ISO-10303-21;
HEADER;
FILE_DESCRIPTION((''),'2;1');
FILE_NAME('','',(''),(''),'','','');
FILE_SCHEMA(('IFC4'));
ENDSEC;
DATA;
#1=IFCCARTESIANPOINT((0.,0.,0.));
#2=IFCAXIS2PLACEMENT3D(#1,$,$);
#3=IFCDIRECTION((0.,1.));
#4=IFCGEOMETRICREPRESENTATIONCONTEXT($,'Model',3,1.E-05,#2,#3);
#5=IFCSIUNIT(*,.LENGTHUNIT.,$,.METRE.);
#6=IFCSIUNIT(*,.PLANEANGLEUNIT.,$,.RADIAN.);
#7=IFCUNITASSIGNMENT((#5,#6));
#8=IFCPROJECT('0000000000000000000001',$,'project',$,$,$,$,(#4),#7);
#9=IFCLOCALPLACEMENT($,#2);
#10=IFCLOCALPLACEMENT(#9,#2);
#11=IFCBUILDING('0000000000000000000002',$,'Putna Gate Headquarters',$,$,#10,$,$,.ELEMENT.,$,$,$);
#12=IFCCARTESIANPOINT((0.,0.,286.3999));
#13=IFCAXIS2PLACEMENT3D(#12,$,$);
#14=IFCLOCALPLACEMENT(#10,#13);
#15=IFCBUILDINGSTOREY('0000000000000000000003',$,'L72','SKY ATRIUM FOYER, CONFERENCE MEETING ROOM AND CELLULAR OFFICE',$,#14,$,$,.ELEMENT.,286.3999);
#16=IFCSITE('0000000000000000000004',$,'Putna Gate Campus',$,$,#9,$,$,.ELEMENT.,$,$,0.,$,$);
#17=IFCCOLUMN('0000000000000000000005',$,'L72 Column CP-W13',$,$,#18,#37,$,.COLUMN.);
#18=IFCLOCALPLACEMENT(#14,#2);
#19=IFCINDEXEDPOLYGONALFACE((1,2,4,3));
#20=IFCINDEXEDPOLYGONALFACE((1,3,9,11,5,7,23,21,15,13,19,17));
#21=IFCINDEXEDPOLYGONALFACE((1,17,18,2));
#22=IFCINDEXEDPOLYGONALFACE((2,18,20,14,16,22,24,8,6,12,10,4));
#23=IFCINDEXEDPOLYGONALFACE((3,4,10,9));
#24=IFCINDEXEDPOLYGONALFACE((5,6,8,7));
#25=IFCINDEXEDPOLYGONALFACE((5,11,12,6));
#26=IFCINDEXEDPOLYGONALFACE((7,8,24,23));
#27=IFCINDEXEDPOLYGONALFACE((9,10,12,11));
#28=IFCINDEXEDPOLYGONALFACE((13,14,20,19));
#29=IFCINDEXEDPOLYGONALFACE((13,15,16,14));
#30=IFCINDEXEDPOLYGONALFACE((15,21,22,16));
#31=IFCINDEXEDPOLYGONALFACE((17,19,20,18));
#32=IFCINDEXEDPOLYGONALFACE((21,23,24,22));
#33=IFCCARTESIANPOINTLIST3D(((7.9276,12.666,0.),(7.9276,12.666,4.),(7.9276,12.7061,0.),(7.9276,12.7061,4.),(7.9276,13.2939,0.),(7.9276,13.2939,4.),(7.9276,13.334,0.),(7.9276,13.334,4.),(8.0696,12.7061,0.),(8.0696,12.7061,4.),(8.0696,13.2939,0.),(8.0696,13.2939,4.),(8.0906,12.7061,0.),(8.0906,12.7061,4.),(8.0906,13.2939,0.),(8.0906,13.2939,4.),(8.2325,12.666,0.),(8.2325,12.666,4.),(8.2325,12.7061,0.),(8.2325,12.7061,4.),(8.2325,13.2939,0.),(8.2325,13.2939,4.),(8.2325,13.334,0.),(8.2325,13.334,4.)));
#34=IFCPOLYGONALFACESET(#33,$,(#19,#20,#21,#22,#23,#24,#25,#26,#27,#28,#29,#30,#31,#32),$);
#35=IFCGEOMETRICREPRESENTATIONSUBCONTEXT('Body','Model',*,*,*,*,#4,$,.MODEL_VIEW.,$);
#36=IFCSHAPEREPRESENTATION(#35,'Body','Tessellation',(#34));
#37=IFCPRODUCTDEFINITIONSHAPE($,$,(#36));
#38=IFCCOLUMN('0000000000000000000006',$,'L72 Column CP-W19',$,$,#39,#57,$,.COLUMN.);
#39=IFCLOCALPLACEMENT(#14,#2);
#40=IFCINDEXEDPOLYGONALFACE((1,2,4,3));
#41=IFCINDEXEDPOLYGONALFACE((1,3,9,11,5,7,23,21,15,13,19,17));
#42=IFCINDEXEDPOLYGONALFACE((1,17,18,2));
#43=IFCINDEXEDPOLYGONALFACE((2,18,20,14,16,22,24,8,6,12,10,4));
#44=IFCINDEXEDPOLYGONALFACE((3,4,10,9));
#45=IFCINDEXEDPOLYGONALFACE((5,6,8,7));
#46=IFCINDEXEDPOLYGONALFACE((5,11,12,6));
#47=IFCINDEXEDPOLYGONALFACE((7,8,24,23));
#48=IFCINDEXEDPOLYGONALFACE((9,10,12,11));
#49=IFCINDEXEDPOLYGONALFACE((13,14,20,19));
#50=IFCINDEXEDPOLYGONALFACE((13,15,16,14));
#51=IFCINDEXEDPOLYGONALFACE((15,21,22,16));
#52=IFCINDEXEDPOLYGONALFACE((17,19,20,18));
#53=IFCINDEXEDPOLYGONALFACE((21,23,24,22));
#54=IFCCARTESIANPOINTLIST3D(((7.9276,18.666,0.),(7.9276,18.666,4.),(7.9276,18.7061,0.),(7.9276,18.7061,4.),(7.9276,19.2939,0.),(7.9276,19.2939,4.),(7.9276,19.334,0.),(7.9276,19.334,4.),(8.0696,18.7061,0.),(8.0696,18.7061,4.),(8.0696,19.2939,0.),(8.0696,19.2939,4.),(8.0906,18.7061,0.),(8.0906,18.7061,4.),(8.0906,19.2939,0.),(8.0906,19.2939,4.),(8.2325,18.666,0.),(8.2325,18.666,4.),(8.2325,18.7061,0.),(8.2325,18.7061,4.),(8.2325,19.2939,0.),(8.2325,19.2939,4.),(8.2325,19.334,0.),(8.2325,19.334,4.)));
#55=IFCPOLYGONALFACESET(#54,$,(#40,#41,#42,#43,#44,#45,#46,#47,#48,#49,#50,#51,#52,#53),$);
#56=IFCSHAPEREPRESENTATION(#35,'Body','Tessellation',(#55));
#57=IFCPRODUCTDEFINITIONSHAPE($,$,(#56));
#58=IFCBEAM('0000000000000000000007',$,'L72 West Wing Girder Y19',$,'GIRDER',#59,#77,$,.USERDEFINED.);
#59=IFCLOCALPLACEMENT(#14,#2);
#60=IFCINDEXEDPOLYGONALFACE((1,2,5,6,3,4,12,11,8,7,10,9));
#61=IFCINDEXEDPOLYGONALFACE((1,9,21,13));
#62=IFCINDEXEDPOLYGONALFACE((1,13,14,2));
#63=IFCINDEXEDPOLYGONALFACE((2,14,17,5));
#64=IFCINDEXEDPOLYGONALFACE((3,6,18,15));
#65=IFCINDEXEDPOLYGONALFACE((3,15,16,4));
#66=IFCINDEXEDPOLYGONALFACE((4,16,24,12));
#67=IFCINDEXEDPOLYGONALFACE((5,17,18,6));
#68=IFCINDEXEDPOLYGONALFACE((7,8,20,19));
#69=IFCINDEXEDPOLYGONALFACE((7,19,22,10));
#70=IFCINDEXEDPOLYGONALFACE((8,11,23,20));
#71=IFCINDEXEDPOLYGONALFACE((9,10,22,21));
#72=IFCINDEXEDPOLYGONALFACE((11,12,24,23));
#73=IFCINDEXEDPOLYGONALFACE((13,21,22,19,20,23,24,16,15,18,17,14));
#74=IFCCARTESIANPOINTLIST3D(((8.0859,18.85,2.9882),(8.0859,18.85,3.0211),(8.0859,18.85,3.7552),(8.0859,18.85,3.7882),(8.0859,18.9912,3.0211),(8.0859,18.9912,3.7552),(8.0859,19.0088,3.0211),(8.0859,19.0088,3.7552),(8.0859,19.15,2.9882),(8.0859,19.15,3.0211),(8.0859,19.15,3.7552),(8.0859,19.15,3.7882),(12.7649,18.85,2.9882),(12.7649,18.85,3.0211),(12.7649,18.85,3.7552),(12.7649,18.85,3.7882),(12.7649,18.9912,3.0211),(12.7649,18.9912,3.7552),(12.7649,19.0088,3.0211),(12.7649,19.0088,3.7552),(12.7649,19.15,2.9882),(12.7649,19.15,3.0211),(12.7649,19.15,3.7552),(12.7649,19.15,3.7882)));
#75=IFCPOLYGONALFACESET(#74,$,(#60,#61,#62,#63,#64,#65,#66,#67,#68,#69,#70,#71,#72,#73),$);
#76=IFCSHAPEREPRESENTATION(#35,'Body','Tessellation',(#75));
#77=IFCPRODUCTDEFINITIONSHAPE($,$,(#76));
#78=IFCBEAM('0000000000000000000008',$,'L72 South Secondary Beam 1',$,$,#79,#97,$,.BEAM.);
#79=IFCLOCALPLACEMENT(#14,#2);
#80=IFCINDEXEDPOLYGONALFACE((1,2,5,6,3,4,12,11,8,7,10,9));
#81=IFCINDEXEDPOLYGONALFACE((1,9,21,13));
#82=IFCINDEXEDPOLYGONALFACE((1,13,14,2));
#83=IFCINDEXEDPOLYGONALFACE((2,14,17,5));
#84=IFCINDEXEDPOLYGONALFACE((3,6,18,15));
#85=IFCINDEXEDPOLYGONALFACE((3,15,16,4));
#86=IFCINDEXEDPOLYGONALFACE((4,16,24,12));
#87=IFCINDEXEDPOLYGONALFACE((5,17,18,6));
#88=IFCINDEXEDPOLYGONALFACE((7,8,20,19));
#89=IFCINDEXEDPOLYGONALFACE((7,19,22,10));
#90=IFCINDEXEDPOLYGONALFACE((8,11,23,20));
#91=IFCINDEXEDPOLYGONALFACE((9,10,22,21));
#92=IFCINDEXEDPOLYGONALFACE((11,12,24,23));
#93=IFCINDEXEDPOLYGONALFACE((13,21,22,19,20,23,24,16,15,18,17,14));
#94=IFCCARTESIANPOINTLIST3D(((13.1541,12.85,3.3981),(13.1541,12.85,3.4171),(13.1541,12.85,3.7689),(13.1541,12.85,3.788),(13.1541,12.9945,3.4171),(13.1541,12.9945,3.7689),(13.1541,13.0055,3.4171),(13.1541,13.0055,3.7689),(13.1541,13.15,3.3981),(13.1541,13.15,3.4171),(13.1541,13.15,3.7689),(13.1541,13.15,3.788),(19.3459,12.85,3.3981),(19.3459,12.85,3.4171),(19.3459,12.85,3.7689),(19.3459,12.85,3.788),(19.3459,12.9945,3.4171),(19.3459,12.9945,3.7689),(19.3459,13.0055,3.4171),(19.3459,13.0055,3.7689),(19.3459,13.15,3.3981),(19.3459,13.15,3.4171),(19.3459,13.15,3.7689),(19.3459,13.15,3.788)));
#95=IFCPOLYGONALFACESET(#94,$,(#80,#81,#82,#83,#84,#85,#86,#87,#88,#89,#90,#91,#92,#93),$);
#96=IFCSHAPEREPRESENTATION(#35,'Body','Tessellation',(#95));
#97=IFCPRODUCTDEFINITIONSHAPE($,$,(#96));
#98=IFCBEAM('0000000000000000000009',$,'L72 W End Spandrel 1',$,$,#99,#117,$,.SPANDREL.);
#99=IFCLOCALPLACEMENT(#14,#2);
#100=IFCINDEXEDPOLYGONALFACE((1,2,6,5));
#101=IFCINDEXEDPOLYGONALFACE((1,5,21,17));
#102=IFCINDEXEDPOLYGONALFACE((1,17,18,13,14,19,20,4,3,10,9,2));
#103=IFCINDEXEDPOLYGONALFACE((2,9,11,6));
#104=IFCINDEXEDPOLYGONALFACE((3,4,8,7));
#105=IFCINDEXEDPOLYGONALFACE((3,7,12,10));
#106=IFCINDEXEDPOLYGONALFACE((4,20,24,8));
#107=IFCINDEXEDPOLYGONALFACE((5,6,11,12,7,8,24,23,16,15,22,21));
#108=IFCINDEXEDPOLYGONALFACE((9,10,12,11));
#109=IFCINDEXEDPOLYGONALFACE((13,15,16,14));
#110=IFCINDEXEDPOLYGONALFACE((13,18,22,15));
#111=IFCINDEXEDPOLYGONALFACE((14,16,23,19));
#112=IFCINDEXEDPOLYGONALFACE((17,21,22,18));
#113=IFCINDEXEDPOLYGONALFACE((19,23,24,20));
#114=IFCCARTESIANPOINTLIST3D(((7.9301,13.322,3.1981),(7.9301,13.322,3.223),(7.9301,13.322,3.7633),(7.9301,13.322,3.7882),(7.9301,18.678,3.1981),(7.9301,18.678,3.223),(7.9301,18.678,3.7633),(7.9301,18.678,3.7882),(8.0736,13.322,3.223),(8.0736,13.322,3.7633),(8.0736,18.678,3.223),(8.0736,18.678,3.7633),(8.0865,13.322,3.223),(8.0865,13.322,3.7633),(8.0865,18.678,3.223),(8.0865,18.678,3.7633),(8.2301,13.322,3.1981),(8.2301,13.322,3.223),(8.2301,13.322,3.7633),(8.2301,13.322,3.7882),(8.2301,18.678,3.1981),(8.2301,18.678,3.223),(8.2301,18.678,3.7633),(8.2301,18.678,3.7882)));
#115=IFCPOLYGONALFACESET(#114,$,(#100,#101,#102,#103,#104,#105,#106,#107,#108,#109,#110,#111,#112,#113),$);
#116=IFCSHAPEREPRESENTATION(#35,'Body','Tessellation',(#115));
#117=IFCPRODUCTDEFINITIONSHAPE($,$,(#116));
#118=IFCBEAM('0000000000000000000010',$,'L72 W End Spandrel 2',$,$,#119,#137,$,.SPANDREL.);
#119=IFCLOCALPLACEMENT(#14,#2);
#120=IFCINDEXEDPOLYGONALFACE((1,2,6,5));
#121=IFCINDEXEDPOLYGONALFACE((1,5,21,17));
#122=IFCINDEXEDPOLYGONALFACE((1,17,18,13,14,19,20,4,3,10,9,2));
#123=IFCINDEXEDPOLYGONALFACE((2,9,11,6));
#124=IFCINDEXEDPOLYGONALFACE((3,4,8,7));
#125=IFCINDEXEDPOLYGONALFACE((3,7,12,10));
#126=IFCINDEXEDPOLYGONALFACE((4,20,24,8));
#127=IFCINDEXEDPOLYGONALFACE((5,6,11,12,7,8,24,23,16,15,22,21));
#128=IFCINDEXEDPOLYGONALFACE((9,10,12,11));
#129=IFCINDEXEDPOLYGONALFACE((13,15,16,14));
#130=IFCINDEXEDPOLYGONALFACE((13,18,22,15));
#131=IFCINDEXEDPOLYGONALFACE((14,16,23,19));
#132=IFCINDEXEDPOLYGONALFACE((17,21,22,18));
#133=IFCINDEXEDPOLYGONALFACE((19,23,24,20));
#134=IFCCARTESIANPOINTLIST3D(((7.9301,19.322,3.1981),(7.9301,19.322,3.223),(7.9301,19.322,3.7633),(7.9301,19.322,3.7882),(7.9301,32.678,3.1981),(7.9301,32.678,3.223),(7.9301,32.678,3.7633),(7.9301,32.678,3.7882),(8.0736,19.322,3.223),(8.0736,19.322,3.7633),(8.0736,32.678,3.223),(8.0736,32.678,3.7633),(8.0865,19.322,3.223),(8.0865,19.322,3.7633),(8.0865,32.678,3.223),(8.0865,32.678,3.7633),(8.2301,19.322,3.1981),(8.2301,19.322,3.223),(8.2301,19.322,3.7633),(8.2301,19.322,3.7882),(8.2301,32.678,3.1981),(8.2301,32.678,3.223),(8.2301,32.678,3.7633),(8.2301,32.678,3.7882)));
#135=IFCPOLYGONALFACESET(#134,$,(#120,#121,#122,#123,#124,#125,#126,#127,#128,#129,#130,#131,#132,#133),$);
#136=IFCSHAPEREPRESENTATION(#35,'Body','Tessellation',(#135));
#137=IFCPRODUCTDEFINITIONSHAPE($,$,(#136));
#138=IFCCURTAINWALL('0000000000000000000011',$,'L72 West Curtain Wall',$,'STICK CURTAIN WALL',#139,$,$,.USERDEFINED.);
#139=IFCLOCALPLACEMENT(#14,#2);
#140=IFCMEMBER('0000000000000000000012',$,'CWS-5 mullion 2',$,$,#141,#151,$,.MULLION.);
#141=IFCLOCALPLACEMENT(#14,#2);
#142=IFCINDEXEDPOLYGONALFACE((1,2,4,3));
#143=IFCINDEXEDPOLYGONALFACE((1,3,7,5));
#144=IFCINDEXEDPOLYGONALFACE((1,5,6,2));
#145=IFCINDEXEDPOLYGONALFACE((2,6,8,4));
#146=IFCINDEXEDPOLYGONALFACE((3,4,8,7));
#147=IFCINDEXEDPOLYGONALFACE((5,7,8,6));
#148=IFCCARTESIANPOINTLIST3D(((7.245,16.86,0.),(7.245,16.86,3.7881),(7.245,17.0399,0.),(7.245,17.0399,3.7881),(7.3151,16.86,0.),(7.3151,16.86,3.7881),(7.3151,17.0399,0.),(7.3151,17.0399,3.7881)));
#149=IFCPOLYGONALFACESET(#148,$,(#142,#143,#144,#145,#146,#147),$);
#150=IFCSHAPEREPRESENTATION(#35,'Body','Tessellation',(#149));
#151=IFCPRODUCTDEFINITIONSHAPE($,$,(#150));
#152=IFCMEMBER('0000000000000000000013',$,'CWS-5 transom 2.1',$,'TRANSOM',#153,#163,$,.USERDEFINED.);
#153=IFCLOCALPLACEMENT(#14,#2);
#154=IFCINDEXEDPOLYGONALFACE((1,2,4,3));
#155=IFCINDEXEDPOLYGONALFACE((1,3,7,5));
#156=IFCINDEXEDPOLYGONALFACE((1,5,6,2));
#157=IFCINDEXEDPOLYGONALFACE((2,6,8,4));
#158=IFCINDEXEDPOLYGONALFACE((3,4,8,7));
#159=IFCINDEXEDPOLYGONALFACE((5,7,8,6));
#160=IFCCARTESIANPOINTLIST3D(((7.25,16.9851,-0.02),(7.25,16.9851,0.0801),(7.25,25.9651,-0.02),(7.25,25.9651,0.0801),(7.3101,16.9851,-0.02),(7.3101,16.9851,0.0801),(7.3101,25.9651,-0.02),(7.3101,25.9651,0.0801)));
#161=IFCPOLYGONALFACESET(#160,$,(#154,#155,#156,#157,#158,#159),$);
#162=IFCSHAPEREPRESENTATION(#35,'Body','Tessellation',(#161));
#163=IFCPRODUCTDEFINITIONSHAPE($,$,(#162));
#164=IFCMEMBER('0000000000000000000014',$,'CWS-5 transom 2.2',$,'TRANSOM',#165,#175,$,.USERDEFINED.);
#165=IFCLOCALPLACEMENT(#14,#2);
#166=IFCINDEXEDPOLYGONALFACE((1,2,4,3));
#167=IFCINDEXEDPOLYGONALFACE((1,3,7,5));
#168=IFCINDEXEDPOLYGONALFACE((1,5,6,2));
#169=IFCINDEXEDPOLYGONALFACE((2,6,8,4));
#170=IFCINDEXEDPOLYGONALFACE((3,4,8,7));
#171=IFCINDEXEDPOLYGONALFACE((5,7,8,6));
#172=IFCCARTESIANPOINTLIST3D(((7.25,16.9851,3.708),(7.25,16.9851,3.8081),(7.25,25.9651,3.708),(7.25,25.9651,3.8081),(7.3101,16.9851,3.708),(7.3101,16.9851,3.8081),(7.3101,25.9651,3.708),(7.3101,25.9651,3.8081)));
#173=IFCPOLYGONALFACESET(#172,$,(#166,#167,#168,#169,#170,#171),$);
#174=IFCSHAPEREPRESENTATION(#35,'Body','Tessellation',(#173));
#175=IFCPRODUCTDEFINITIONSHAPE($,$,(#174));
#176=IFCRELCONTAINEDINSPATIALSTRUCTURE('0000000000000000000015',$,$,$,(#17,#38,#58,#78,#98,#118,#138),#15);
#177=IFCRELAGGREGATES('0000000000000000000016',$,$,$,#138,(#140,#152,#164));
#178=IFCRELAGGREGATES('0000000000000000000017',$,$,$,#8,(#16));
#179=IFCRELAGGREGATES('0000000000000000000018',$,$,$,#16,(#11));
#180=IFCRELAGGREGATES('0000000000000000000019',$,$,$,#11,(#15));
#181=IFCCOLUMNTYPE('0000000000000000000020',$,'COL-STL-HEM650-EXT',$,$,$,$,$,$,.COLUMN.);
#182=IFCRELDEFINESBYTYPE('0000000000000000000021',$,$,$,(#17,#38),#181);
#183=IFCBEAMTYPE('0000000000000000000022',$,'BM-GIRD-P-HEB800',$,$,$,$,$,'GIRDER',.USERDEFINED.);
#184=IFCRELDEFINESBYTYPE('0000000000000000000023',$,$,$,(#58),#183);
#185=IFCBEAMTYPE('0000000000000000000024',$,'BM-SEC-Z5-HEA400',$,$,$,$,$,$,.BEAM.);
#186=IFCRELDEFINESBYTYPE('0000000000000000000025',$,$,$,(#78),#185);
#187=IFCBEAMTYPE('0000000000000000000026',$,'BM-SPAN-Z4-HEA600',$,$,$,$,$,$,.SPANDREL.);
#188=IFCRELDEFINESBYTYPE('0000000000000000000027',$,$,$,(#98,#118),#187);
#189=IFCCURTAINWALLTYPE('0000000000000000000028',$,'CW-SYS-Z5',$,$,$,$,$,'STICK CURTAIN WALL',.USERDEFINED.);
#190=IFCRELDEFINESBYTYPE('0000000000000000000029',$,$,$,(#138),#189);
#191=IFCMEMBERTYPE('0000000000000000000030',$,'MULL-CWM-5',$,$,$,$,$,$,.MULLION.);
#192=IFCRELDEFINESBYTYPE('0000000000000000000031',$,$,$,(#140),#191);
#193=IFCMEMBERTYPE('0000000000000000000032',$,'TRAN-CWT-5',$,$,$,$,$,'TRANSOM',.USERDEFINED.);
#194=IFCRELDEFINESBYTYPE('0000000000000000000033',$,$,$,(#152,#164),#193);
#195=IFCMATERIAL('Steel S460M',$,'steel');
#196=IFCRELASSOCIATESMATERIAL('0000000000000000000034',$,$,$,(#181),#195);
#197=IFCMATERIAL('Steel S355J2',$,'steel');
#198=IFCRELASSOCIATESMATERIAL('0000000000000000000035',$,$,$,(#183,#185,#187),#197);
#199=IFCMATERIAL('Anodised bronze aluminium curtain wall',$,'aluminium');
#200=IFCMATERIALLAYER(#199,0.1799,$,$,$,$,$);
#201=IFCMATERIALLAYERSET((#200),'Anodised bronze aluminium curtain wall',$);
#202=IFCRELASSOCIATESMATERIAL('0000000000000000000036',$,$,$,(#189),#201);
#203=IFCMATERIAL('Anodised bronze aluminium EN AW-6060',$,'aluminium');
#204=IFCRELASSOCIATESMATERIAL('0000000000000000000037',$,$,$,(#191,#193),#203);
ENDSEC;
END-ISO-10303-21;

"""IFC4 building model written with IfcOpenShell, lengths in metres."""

from ifc_helpers import new_model, si_unit, direction, frame, origin, origin_2d, place, context, subcontext, project, spatial, rectangle, i_section, extrude, material, layer, layer_set, material_profile, profile_set, type_object, element, aggregate, save


model = new_model("IFC4")

# Units and contexts
model_context = context("Model", 3, precision=1e-05, world=origin(), true_north=direction((0.0, 1.0)))
body_context = subcontext(model_context, "Body", "Model", "MODEL_VIEW")
ifc_project = project(units=[si_unit("LENGTHUNIT", "METRE"), si_unit("PLANEANGLEUNIT", "RADIAN")], contexts=[model_context])

# Site, building, storey
site_placement = place(None, origin())
site = spatial("IfcSite", under=ifc_project, at=site_placement, Name="Putna Gate Campus", CompositionType="ELEMENT", RefElevation=0.0)
building_placement = place(site_placement, origin())
building = spatial("IfcBuilding", under=site, at=building_placement, Name="Putna Gate Headquarters", CompositionType="ELEMENT")
storey_placement = place(building_placement, frame((0.0, 0.0, 286.3999)))
storey = spatial("IfcBuildingStorey", under=building, at=storey_placement, Name="L72", Description="SKY ATRIUM FOYER, CONFERENCE MEETING ROOM AND CELLULAR OFFICE", CompositionType="ELEMENT", Elevation=286.3999)

# Columns
ifc_material_1 = material(Name="Steel S460M", Category="steel")
ifc_material_profile_1 = material_profile(ifc_material_1, i_section(OverallWidth=0.3049, OverallDepth=0.668, WebThickness=0.021, FlangeThickness=0.04, at=origin_2d()), Name="Steel S460M")
ifc_profile_set_1 = profile_set([ifc_material_profile_1], Name="Steel S460M")
column_type = type_object("IfcColumnType", Name="COL-STL-HEM650-EXT", PredefinedType="COLUMN", material=ifc_profile_set_1)
for number, where, z_axis, x_axis, name in (
    (1, (8.0801, 13.0, 0.0), (0.0, 0.0, 1.0), (1.0, 0.0, 0.0), "L72 Column CP-W13"),
    (2, (8.0801, 19.0, 0.0), (0.0, 0.0, 1.0), (1.0, 0.0, 0.0), "L72 Column CP-W19"),
):
    element("IfcColumn", number, at=place(storey_placement, frame(where, z_axis=z_axis, x_axis=x_axis)), inside=storey, type_object=column_type, Name=name, PredefinedType="COLUMN", context=body_context, shape_type="SweptSolid", body=[
        extrude(i_section(OverallWidth=0.3049, OverallDepth=0.668, WebThickness=0.021, FlangeThickness=0.04, at=origin_2d()), origin(), (0.0, 0.0, 1.0), 4.0),
    ])

# Beams
ifc_material_2 = material(Name="Steel S355J2", Category="steel")
ifc_material_profile_2 = material_profile(ifc_material_2, i_section(OverallWidth=0.3, OverallDepth=0.8, WebThickness=0.0176, FlangeThickness=0.033, at=origin_2d()), Name="Steel S355J2")
ifc_profile_set_2 = profile_set([ifc_material_profile_2], Name="Steel S355J2")
beam_type_1 = type_object("IfcBeamType", Name="BM-GIRD-P-HEB800", ElementType="GIRDER", PredefinedType="USERDEFINED", material=ifc_profile_set_2)
beam_1_placement = place(storey_placement, frame((8.0859, 19.0, 3.3882), z_axis=(1.0, 0.0, 0.0), x_axis=(0.0, 1.0, 0.0)))
element("IfcBeam", 3, at=beam_1_placement, inside=storey, type_object=beam_type_1, Name="L72 West Wing Girder Y19", ObjectType="GIRDER", PredefinedType="USERDEFINED", context=body_context, shape_type="SweptSolid", body=[
    extrude(i_section(OverallWidth=0.3, OverallDepth=0.8, WebThickness=0.0176, FlangeThickness=0.033, at=origin_2d()), origin(), (0.0, 0.0, 1.0), 4.679),
])
ifc_material_profile_3 = material_profile(ifc_material_2, i_section(OverallWidth=0.3, OverallDepth=0.3899, WebThickness=0.011, FlangeThickness=0.019, at=origin_2d()), Name="Steel S355J2")
ifc_profile_set_3 = profile_set([ifc_material_profile_3], Name="Steel S355J2")
beam_type_2 = type_object("IfcBeamType", Name="BM-SEC-Z5-HEA400", PredefinedType="BEAM", material=ifc_profile_set_3)
beam_2_placement = place(storey_placement, frame((13.1541, 13.0, 3.593), z_axis=(1.0, 0.0, 0.0), x_axis=(0.0, 1.0, 0.0)))
element("IfcBeam", 4, at=beam_2_placement, inside=storey, type_object=beam_type_2, Name="L72 South Secondary Beam 1", PredefinedType="BEAM", context=body_context, shape_type="SweptSolid", body=[
    extrude(i_section(OverallWidth=0.3, OverallDepth=0.3899, WebThickness=0.011, FlangeThickness=0.019, at=origin_2d()), origin(), (0.0, 0.0, 1.0), 6.1919),
])
ifc_material_profile_4 = material_profile(ifc_material_2, i_section(OverallWidth=0.3, OverallDepth=0.5901, WebThickness=0.0129, FlangeThickness=0.0249, at=origin_2d()), Name="Steel S355J2")
ifc_profile_set_4 = profile_set([ifc_material_profile_4], Name="Steel S355J2")
beam_type_3 = type_object("IfcBeamType", Name="BM-SPAN-Z4-HEA600", PredefinedType="SPANDREL", material=ifc_profile_set_4)
beam_3_placement = place(storey_placement, frame((8.0801, 13.322, 3.4932), z_axis=(0.0, 1.0, 0.0), x_axis=(-1.0, 0.0, 0.0)))
element("IfcBeam", 5, at=beam_3_placement, inside=storey, type_object=beam_type_3, Name="L72 W End Spandrel 1", PredefinedType="SPANDREL", context=body_context, shape_type="SweptSolid", body=[
    extrude(i_section(OverallWidth=0.3, OverallDepth=0.5901, WebThickness=0.0129, FlangeThickness=0.0249, at=origin_2d()), origin(), (0.0, 0.0, 1.0), 5.356),
])
beam_4_placement = place(storey_placement, frame((8.0801, 19.322, 3.4932), z_axis=(0.0, 1.0, 0.0), x_axis=(-1.0, 0.0, 0.0)))
element("IfcBeam", 6, at=beam_4_placement, inside=storey, type_object=beam_type_3, Name="L72 W End Spandrel 2", PredefinedType="SPANDREL", context=body_context, shape_type="SweptSolid", body=[
    extrude(i_section(OverallWidth=0.3, OverallDepth=0.5901, WebThickness=0.0129, FlangeThickness=0.0249, at=origin_2d()), origin(), (0.0, 0.0, 1.0), 13.356),
])

# Curtain wall, members
ifc_material_3 = material(Name="Anodised bronze aluminium curtain wall", Category="aluminium")
ifc_layer_1 = layer(ifc_material_3, 0.1799)
ifc_layer_set_1 = layer_set([ifc_layer_1], Name="Anodised bronze aluminium curtain wall")
curtain_wall_type = type_object("IfcCurtainWallType", Name="CW-SYS-Z5", ElementType="STICK CURTAIN WALL", PredefinedType="USERDEFINED", material=ifc_layer_set_1)
curtain_wall_placement = place(storey_placement, origin())
curtain_wall = element("IfcCurtainWall", 7, at=curtain_wall_placement, inside=storey, type_object=curtain_wall_type, Name="L72 West Curtain Wall", ObjectType="STICK CURTAIN WALL", PredefinedType="USERDEFINED")
ifc_material_4 = material(Name="Anodised bronze aluminium EN AW-6060", Category="aluminium")
ifc_material_profile_5 = material_profile(ifc_material_4, rectangle(XDim=0.0701, YDim=0.1799, at=origin_2d()), Name="Anodised bronze aluminium EN AW-6060")
ifc_profile_set_5 = profile_set([ifc_material_profile_5], Name="Anodised bronze aluminium EN AW-6060")
member_type_1 = type_object("IfcMemberType", Name="MULL-CWM-5", PredefinedType="MULLION", material=ifc_profile_set_5)
member_1_placement = place(storey_placement, frame((7.28, 16.95, 0.0), z_axis=(0.0, 0.0, 1.0), x_axis=(-1.0, 0.0, 0.0)))
member_1 = element("IfcMember", 8, at=member_1_placement, type_object=member_type_1, Name="CWS-5 mullion 2", PredefinedType="MULLION", context=body_context, shape_type="SweptSolid", body=[
    extrude(rectangle(XDim=0.0701, YDim=0.1799, at=origin_2d()), origin(), (0.0, 0.0, 1.0), 3.7881),
])
ifc_material_profile_6 = material_profile(ifc_material_4, rectangle(XDim=0.0601, YDim=0.1001, at=origin_2d()), Name="Anodised bronze aluminium EN AW-6060")
ifc_profile_set_6 = profile_set([ifc_material_profile_6], Name="Anodised bronze aluminium EN AW-6060")
member_type_2 = type_object("IfcMemberType", Name="TRAN-CWT-5", ElementType="TRANSOM", PredefinedType="USERDEFINED", material=ifc_profile_set_6)
member_2_placement = place(storey_placement, frame((7.28, 16.9851, 0.03), z_axis=(0.0, 1.0, 0.0), x_axis=(-1.0, 0.0, 0.0)))
member_2 = element("IfcMember", 9, at=member_2_placement, type_object=member_type_2, Name="CWS-5 transom 2.1", ObjectType="TRANSOM", PredefinedType="USERDEFINED", context=body_context, shape_type="SweptSolid", body=[
    extrude(rectangle(XDim=0.0601, YDim=0.1001, at=origin_2d()), origin(), (0.0, 0.0, 1.0), 8.98),
])
member_3_placement = place(storey_placement, frame((7.28, 16.9851, 3.7581), z_axis=(0.0, 1.0, 0.0), x_axis=(-1.0, 0.0, 0.0)))
member_3 = element("IfcMember", 10, at=member_3_placement, type_object=member_type_2, Name="CWS-5 transom 2.2", ObjectType="TRANSOM", PredefinedType="USERDEFINED", context=body_context, shape_type="SweptSolid", body=[
    extrude(rectangle(XDim=0.0601, YDim=0.1001, at=origin_2d()), origin(), (0.0, 0.0, 1.0), 8.98),
])
aggregate(curtain_wall, [member_1, member_2, member_3])

save(model, "model.ifc")
